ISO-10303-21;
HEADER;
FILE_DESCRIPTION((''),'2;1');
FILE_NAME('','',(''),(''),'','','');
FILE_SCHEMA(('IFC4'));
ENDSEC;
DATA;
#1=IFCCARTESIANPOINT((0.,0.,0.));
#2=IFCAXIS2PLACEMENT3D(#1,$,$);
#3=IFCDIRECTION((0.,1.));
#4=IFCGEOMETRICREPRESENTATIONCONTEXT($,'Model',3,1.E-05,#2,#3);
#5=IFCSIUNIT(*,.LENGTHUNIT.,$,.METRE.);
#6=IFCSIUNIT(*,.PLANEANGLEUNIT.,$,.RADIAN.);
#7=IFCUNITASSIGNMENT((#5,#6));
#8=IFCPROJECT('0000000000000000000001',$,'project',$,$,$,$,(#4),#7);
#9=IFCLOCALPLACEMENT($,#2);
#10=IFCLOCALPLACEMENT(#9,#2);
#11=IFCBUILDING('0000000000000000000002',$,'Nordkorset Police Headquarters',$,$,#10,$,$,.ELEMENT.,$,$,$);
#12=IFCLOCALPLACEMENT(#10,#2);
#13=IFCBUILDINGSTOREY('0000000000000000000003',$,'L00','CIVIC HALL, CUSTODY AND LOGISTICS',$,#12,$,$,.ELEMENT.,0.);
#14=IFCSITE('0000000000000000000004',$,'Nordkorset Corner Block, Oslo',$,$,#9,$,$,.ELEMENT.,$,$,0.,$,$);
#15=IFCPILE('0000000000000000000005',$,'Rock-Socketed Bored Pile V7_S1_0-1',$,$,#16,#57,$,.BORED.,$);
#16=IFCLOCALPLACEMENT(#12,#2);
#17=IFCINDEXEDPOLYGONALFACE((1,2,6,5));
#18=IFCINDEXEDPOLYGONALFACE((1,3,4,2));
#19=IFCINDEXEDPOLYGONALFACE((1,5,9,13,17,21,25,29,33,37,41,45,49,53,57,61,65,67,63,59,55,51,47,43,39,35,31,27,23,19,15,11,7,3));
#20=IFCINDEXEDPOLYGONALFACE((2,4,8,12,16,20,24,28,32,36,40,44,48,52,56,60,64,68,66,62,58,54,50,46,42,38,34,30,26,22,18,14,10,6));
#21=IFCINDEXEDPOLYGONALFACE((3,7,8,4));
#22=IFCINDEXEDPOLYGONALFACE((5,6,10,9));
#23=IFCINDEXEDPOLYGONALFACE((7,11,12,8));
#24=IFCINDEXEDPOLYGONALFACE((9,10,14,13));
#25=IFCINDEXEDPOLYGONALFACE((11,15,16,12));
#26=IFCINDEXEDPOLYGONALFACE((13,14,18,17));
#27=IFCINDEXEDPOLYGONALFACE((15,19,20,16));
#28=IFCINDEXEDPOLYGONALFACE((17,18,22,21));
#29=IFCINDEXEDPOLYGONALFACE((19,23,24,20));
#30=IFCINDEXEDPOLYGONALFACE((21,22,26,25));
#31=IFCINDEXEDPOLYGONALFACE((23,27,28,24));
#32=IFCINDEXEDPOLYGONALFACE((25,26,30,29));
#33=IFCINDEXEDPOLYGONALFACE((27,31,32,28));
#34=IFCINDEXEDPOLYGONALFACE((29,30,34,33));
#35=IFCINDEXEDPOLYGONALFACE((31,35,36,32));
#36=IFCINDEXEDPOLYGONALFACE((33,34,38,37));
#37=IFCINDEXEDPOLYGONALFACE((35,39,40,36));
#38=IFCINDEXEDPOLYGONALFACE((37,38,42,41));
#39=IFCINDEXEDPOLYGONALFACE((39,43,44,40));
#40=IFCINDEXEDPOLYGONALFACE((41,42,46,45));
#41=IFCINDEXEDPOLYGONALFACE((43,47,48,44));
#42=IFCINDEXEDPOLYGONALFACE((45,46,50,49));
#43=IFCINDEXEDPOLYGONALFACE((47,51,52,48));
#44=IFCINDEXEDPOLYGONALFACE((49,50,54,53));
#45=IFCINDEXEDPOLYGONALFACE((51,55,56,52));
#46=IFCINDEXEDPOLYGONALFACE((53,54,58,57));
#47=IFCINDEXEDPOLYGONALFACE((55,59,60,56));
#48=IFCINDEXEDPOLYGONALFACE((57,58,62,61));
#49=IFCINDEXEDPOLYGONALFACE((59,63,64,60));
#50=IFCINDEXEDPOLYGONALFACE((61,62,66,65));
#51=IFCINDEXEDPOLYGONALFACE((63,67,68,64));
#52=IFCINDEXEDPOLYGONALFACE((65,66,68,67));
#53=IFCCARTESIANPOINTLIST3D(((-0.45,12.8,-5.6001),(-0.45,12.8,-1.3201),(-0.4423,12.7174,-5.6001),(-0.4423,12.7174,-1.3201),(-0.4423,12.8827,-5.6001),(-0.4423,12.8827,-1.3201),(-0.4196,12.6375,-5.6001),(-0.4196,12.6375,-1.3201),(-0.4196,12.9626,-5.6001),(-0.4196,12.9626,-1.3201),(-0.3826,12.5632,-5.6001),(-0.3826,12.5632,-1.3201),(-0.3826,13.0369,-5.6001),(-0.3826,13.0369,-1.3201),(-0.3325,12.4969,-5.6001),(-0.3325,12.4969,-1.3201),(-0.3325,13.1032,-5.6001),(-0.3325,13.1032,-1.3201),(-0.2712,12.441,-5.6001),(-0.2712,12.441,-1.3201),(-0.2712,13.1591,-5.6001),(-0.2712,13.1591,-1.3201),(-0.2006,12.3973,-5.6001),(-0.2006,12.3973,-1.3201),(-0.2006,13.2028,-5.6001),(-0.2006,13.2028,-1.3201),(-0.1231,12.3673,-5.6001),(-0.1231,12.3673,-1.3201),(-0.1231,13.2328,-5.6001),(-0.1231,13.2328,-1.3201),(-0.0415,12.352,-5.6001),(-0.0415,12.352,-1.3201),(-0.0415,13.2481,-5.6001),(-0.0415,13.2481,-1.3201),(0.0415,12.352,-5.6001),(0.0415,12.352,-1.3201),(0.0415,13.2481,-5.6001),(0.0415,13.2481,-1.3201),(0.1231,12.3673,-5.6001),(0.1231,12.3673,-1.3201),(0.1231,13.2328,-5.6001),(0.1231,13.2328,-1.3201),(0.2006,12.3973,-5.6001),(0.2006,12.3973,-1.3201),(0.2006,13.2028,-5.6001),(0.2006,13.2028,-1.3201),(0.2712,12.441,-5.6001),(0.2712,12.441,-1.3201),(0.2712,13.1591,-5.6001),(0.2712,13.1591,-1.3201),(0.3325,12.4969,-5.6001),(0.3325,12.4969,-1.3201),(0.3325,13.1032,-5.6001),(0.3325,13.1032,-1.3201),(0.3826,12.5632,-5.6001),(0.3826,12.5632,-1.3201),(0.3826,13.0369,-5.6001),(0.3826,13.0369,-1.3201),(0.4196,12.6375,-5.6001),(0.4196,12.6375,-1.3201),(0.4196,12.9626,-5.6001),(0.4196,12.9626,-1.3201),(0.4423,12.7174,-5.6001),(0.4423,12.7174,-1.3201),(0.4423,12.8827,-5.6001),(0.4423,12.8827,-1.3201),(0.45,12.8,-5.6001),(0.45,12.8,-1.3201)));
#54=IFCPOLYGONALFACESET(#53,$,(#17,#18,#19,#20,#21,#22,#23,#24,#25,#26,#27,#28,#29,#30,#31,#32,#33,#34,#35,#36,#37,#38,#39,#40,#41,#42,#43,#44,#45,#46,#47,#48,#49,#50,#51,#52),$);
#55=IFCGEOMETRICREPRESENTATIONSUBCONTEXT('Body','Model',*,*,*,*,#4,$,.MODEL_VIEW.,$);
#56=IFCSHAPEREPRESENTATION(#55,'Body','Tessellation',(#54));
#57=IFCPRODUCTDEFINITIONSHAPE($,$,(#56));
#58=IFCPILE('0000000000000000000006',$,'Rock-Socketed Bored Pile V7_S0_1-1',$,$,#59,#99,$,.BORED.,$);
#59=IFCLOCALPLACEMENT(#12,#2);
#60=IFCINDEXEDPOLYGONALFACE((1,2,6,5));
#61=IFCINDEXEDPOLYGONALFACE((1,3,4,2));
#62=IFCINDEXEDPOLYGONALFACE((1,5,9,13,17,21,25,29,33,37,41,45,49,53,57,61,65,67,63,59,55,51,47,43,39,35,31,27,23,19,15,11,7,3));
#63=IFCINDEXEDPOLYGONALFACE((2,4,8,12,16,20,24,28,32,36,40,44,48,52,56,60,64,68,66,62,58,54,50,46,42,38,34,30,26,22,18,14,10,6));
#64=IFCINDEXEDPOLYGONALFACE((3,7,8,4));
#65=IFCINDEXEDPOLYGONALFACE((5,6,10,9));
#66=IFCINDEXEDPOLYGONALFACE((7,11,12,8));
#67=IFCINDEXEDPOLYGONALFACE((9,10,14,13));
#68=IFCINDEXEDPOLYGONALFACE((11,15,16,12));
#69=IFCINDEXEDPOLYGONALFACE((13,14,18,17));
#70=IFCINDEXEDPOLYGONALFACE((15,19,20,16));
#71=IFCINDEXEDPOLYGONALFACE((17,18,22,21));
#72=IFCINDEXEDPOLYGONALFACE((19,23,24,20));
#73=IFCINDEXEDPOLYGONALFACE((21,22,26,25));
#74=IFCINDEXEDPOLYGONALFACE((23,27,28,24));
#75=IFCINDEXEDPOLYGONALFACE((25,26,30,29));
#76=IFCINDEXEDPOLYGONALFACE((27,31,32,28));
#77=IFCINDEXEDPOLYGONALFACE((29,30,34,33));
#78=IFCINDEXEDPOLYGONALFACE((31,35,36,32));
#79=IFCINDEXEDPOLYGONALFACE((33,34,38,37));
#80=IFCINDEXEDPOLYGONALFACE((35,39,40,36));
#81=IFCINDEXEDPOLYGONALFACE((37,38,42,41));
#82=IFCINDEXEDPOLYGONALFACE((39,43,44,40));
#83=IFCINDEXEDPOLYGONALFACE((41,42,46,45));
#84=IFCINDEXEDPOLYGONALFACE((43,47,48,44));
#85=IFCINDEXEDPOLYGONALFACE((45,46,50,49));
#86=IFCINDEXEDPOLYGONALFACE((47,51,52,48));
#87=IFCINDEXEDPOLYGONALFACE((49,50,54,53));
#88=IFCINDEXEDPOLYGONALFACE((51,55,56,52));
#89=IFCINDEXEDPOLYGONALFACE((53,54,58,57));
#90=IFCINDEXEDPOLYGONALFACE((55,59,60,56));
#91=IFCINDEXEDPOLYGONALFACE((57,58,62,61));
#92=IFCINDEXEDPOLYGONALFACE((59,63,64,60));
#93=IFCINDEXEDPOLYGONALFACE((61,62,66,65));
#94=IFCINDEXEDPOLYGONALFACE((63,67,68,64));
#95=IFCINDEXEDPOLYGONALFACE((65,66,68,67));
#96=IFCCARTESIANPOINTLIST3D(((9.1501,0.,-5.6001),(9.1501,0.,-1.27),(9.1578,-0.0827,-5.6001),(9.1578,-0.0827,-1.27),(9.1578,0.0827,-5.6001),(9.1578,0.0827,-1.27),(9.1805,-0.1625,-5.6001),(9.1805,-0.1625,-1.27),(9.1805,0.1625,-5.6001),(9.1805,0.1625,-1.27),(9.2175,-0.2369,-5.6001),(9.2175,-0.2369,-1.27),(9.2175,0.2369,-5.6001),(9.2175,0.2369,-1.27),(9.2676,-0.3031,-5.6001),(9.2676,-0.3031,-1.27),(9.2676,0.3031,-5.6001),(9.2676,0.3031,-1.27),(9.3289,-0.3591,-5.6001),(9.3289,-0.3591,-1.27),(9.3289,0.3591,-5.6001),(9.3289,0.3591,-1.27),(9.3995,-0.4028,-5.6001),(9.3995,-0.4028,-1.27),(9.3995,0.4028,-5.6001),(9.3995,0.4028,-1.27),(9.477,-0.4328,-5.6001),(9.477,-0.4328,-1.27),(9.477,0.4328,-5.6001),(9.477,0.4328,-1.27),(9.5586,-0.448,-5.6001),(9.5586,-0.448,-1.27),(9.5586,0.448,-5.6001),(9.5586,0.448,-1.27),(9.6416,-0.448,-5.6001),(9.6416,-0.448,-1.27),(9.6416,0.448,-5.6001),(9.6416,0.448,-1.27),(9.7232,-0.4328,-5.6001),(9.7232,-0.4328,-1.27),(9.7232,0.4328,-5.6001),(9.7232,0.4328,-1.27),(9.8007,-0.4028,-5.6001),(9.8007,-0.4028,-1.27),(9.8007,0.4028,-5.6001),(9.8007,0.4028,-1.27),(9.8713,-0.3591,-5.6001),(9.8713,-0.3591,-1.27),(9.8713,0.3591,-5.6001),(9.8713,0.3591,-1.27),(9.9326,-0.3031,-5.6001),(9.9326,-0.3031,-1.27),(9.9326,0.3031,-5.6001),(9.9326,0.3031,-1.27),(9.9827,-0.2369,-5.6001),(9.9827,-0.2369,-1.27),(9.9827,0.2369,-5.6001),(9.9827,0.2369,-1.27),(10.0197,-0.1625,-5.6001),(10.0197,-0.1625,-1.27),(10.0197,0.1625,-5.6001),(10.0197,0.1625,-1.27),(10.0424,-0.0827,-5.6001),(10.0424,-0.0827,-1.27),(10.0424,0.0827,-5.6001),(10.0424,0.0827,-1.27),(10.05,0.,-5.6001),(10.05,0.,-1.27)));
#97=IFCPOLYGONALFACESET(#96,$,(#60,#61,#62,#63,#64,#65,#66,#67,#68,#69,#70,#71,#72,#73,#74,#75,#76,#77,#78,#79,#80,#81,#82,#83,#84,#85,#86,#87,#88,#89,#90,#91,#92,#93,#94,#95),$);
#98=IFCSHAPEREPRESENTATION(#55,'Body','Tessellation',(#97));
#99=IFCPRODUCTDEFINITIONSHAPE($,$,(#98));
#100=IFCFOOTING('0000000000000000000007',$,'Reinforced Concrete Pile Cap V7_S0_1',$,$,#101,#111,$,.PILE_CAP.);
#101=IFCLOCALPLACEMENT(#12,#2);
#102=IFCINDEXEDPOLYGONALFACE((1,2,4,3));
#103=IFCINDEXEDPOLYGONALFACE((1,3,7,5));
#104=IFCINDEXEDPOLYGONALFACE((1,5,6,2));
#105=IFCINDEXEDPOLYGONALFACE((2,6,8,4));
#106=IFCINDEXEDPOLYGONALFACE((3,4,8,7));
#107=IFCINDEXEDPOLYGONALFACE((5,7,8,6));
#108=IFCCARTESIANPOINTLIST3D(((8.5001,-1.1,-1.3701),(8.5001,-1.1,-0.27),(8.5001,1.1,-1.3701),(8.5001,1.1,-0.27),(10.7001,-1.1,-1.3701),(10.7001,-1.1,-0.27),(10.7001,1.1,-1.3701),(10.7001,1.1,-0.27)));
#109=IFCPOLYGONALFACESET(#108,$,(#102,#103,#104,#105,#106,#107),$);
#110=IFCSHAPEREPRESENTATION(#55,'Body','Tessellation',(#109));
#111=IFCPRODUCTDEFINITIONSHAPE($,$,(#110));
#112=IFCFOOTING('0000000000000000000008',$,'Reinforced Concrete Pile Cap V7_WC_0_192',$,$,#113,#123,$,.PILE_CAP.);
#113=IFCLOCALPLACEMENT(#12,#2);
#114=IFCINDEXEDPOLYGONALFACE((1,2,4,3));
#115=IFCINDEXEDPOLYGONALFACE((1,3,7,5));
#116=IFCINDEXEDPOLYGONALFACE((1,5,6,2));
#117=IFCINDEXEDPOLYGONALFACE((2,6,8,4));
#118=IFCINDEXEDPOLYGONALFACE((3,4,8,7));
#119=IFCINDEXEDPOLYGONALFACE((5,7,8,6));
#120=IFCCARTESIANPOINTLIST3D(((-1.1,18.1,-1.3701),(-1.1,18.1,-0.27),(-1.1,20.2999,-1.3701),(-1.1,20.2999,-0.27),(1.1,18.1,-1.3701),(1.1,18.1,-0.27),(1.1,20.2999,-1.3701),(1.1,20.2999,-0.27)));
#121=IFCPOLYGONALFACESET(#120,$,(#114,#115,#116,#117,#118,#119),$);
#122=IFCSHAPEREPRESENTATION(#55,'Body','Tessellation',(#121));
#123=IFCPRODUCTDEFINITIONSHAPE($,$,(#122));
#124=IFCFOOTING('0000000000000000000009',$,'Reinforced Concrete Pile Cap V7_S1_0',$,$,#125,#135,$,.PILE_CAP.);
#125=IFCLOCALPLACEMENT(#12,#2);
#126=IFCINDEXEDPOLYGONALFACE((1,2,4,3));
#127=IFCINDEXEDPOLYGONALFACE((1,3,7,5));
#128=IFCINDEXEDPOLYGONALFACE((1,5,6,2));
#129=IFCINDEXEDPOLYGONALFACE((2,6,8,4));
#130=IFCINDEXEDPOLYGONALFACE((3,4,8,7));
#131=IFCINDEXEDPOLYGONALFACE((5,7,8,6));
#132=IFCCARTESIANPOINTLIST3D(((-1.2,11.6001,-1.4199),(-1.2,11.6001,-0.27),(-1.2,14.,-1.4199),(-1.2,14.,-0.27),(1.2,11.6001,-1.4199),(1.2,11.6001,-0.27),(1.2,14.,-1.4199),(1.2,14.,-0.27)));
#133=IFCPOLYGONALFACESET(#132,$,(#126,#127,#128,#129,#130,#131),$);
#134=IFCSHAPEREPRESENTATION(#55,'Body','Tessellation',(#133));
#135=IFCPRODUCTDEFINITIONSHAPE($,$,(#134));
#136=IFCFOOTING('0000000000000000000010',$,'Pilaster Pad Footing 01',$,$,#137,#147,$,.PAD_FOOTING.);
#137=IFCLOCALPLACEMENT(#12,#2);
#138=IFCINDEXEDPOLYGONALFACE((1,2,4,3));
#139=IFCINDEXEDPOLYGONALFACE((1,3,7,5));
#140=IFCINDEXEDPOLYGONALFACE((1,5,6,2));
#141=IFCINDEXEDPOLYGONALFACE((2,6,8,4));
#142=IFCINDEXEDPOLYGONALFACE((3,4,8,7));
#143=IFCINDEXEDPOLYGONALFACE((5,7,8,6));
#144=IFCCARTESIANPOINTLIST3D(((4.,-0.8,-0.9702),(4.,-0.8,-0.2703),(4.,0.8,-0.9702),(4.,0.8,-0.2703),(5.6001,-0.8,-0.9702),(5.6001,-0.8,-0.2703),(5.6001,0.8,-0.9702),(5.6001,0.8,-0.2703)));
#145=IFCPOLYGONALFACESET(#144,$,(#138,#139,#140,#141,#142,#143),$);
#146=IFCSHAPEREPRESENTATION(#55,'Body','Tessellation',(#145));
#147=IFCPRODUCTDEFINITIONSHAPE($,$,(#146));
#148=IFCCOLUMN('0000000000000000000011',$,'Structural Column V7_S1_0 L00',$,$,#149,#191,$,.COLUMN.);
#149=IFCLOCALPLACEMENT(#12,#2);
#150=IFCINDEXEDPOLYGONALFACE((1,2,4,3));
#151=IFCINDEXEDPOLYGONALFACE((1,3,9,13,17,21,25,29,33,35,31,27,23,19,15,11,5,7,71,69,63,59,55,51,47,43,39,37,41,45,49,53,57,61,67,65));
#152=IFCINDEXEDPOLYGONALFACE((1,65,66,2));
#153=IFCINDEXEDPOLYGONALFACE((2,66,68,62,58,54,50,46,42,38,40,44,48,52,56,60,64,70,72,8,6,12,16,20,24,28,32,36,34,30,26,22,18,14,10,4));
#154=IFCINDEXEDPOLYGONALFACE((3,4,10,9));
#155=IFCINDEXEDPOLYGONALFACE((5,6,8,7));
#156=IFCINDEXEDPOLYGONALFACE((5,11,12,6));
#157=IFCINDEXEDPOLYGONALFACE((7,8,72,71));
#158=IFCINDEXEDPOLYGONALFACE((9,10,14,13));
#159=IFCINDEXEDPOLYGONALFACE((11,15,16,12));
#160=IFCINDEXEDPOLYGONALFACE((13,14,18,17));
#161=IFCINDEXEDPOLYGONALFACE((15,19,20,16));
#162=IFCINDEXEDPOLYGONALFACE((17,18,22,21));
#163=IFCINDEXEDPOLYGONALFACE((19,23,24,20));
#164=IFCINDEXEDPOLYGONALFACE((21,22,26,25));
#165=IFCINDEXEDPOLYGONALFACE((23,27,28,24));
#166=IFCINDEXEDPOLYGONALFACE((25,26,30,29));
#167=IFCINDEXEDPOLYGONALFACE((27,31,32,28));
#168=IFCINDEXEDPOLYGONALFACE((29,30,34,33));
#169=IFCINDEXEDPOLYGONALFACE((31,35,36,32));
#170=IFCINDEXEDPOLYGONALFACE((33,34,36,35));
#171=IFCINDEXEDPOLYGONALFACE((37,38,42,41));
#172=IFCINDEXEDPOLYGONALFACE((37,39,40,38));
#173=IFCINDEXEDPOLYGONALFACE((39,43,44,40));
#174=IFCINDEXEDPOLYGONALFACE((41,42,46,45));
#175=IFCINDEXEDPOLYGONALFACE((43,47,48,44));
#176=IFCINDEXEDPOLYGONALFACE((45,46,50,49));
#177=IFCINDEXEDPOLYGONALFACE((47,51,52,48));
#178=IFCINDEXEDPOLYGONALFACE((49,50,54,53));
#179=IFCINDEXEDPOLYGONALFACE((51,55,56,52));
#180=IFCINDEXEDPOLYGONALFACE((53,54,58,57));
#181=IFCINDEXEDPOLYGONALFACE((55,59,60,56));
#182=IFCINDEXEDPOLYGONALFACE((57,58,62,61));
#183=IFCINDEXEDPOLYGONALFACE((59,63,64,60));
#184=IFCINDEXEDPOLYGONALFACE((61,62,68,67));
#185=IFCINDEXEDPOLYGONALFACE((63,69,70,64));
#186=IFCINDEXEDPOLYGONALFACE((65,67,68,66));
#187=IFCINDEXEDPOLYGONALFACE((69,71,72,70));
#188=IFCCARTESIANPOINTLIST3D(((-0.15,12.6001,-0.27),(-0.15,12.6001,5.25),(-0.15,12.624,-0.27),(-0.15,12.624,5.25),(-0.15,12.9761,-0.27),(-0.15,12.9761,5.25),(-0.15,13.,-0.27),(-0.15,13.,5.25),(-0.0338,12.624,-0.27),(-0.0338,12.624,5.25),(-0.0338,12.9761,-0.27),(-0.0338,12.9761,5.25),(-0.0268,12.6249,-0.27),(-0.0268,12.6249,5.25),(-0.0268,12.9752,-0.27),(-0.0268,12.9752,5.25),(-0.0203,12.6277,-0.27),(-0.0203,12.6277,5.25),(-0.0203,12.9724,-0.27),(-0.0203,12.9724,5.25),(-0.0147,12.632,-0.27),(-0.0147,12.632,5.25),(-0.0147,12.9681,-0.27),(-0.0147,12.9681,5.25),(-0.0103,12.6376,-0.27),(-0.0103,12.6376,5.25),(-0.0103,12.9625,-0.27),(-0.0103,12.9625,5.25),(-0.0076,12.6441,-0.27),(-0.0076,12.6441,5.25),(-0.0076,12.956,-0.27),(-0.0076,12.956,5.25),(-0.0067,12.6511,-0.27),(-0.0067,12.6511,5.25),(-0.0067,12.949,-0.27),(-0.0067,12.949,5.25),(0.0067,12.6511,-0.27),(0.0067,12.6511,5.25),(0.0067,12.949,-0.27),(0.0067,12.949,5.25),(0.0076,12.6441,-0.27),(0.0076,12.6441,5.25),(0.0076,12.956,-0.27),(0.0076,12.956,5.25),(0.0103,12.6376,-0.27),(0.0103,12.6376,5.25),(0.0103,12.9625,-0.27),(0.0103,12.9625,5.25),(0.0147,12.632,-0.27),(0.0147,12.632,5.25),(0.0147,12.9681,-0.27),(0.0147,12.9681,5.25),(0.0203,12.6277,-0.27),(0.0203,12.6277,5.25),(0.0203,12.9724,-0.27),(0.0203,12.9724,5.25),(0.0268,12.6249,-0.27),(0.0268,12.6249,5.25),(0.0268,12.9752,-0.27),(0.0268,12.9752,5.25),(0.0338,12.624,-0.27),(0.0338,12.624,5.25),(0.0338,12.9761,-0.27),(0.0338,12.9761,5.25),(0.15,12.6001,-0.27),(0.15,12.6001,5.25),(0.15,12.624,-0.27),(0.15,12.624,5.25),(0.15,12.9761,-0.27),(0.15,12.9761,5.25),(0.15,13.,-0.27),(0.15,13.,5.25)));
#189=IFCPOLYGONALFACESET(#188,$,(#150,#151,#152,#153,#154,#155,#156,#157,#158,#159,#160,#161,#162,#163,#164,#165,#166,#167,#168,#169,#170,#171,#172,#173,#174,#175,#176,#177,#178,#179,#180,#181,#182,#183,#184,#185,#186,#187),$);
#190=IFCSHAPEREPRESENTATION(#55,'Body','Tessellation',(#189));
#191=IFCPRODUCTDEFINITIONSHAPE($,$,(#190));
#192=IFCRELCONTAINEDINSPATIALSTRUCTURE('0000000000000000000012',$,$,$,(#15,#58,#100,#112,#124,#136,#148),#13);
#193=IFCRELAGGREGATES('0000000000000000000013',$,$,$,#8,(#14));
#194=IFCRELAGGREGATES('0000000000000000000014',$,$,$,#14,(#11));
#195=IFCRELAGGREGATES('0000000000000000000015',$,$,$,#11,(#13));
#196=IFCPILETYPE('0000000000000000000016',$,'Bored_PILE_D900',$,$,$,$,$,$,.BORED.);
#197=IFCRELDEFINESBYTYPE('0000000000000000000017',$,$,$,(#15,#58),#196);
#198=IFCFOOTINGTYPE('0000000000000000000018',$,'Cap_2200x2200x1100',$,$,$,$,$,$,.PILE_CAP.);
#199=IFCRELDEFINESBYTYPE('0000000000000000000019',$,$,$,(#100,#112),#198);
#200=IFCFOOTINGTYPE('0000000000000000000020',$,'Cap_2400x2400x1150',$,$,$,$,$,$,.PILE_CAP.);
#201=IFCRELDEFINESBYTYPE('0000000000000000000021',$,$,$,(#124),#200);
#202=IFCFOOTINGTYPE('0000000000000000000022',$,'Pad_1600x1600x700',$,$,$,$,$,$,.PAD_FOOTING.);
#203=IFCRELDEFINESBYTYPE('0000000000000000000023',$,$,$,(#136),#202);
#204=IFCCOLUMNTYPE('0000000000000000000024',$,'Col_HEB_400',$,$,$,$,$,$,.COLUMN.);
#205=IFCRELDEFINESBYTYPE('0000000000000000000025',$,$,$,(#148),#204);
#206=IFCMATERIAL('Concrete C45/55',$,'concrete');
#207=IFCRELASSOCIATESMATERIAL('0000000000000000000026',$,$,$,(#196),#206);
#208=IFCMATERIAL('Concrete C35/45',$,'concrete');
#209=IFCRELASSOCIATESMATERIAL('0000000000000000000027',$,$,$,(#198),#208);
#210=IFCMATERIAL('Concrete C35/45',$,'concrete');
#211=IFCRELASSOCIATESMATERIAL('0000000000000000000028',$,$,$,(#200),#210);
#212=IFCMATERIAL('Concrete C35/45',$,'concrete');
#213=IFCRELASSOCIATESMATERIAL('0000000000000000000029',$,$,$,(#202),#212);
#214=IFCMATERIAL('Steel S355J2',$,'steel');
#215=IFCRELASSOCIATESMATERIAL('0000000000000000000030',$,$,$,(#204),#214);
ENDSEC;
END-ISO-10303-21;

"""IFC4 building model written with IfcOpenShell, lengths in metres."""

from ifc_helpers import new_model, si_unit, direction, frame, origin, origin_2d, place, context, subcontext, project, spatial, rectangle, circle, i_section, extrude, material, material_profile, profile_set, type_object, element, save


model = new_model("IFC4")

# Units and contexts
model_context = context("Model", 3, precision=1e-05, world=origin(), true_north=direction((0.0, 1.0)))
body_context = subcontext(model_context, "Body", "Model", "MODEL_VIEW")
ifc_project = project(units=[si_unit("LENGTHUNIT", "METRE"), si_unit("PLANEANGLEUNIT", "RADIAN")], contexts=[model_context])

# Site, building, storey
site_placement = place(None, origin())
site = spatial("IfcSite", under=ifc_project, at=site_placement, Name="Nordkorset Corner Block, Oslo", CompositionType="ELEMENT", RefElevation=0.0)
building_placement = place(site_placement, origin())
building = spatial("IfcBuilding", under=site, at=building_placement, Name="Nordkorset Police Headquarters", CompositionType="ELEMENT")
storey_placement = place(building_placement, origin())
storey = spatial("IfcBuildingStorey", under=building, at=storey_placement, Name="L00", Description="CIVIC HALL, CUSTODY AND LOGISTICS", CompositionType="ELEMENT", Elevation=0.0)

# Piles
ifc_material_1 = material(Name="Concrete C45/55", Category="concrete")
ifc_material_profile_1 = material_profile(ifc_material_1, circle(Radius=0.45, at=origin_2d()), Name="PILE D900")
ifc_profile_set_1 = profile_set([ifc_material_profile_1], Name="Concrete C45/55")
pile_type = type_object("IfcPileType", Name="Bored_PILE_D900", PredefinedType="BORED", material=ifc_profile_set_1)
pile_1_placement = place(storey_placement, frame((0.0, 12.8, -1.3201), z_axis=(0.0, 0.0, -1.0), x_axis=(1.0, 0.0, 0.0)))
element("IfcPile", 1, at=pile_1_placement, inside=storey, type_object=pile_type, Name="Rock-Socketed Bored Pile V7_S1_0-1", PredefinedType="BORED", context=body_context, shape_type="SweptSolid", body=[
    extrude(circle(Radius=0.45, at=origin_2d()), origin(), (0.0, 0.0, 1.0), 4.28),
])
pile_2_placement = place(storey_placement, frame((9.6001, 0.0, -1.27), z_axis=(0.0, 0.0, -1.0), x_axis=(1.0, 0.0, 0.0)))
element("IfcPile", 2, at=pile_2_placement, inside=storey, type_object=pile_type, Name="Rock-Socketed Bored Pile V7_S0_1-1", PredefinedType="BORED", context=body_context, shape_type="SweptSolid", body=[
    extrude(circle(Radius=0.45, at=origin_2d()), origin(), (0.0, 0.0, 1.0), 4.3301),
])

# Footings
ifc_material_2 = material(Name="Concrete C35/45", Category="concrete")
footing_type_1 = type_object("IfcFootingType", Name="Cap_2200x2200x1100", PredefinedType="PILE_CAP", material=ifc_material_2)
for number, where, z_axis, x_axis, name in (
    (3, (9.6001, 0.0, -1.3701), (0.0, 0.0, 1.0), (1.0, 0.0, 0.0), "Reinforced Concrete Pile Cap V7_S0_1"),
    (4, (0.0, 19.2, -1.3701), (0.0, 0.0, 1.0), (1.0, 0.0, 0.0), "Reinforced Concrete Pile Cap V7_WC_0_192"),
):
    element("IfcFooting", number, at=place(storey_placement, frame(where, z_axis=z_axis, x_axis=x_axis)), inside=storey, type_object=footing_type_1, Name=name, PredefinedType="PILE_CAP", context=body_context, shape_type="SweptSolid", body=[
        extrude(rectangle(XDim=2.2, YDim=2.2, at=origin_2d()), origin(), (0.0, 0.0, 1.0), 1.1001),
    ])
ifc_material_3 = material(Name="Concrete C35/45", Category="concrete")
footing_type_2 = type_object("IfcFootingType", Name="Cap_2400x2400x1150", PredefinedType="PILE_CAP", material=ifc_material_3)
footing_1_placement = place(storey_placement, frame((0.0, 12.8, -1.4199), z_axis=(0.0, 0.0, 1.0), x_axis=(1.0, 0.0, 0.0)))
element("IfcFooting", 5, at=footing_1_placement, inside=storey, type_object=footing_type_2, Name="Reinforced Concrete Pile Cap V7_S1_0", PredefinedType="PILE_CAP", context=body_context, shape_type="SweptSolid", body=[
    extrude(rectangle(XDim=2.3999, YDim=2.3999, at=origin_2d()), origin(), (0.0, 0.0, 1.0), 1.1499),
])
ifc_material_4 = material(Name="Concrete C35/45", Category="concrete")
footing_type_3 = type_object("IfcFootingType", Name="Pad_1600x1600x700", PredefinedType="PAD_FOOTING", material=ifc_material_4)
footing_2_placement = place(storey_placement, frame((4.8, 0.0, -0.9702), z_axis=(0.0, 0.0, 1.0), x_axis=(1.0, 0.0, 0.0)))
element("IfcFooting", 6, at=footing_2_placement, inside=storey, type_object=footing_type_3, Name="Pilaster Pad Footing 01", PredefinedType="PAD_FOOTING", context=body_context, shape_type="SweptSolid", body=[
    extrude(rectangle(XDim=1.6001, YDim=1.6001, at=origin_2d()), origin(), (0.0, 0.0, 1.0), 0.7),
])

# Column
ifc_material_5 = material(Name="Steel S355J2", Category="steel")
ifc_material_profile_2 = material_profile(ifc_material_5, i_section(OverallWidth=0.3, OverallDepth=0.3999, WebThickness=0.0134, FlangeThickness=0.0239, FilletRadius=0.0271, at=origin_2d()), Name="HEB 400")
ifc_profile_set_2 = profile_set([ifc_material_profile_2], Name="Steel S355J2")
column_type_1 = type_object("IfcColumnType", Name="Col_HEB_400", PredefinedType="COLUMN", material=ifc_profile_set_2)
for number, where, z_axis, x_axis, name in (
    (7, (0.0, 12.8, -0.27), (0.0, 0.0, 1.0), (1.0, 0.0, 0.0), "Structural Column V7_S1_0 L00"),
):
    element("IfcColumn", number, at=place(storey_placement, frame(where, z_axis=z_axis, x_axis=x_axis)), inside=storey, type_object=column_type_1, Name=name, PredefinedType="COLUMN", context=body_context, shape_type="SweptSolid", body=[
        extrude(i_section(OverallWidth=0.3, OverallDepth=0.3999, WebThickness=0.0134, FlangeThickness=0.0239, FilletRadius=0.0271, at=origin_2d()), origin(), (0.0, 0.0, 1.0), 5.52),
    ])

save(model, "model.ifc")
